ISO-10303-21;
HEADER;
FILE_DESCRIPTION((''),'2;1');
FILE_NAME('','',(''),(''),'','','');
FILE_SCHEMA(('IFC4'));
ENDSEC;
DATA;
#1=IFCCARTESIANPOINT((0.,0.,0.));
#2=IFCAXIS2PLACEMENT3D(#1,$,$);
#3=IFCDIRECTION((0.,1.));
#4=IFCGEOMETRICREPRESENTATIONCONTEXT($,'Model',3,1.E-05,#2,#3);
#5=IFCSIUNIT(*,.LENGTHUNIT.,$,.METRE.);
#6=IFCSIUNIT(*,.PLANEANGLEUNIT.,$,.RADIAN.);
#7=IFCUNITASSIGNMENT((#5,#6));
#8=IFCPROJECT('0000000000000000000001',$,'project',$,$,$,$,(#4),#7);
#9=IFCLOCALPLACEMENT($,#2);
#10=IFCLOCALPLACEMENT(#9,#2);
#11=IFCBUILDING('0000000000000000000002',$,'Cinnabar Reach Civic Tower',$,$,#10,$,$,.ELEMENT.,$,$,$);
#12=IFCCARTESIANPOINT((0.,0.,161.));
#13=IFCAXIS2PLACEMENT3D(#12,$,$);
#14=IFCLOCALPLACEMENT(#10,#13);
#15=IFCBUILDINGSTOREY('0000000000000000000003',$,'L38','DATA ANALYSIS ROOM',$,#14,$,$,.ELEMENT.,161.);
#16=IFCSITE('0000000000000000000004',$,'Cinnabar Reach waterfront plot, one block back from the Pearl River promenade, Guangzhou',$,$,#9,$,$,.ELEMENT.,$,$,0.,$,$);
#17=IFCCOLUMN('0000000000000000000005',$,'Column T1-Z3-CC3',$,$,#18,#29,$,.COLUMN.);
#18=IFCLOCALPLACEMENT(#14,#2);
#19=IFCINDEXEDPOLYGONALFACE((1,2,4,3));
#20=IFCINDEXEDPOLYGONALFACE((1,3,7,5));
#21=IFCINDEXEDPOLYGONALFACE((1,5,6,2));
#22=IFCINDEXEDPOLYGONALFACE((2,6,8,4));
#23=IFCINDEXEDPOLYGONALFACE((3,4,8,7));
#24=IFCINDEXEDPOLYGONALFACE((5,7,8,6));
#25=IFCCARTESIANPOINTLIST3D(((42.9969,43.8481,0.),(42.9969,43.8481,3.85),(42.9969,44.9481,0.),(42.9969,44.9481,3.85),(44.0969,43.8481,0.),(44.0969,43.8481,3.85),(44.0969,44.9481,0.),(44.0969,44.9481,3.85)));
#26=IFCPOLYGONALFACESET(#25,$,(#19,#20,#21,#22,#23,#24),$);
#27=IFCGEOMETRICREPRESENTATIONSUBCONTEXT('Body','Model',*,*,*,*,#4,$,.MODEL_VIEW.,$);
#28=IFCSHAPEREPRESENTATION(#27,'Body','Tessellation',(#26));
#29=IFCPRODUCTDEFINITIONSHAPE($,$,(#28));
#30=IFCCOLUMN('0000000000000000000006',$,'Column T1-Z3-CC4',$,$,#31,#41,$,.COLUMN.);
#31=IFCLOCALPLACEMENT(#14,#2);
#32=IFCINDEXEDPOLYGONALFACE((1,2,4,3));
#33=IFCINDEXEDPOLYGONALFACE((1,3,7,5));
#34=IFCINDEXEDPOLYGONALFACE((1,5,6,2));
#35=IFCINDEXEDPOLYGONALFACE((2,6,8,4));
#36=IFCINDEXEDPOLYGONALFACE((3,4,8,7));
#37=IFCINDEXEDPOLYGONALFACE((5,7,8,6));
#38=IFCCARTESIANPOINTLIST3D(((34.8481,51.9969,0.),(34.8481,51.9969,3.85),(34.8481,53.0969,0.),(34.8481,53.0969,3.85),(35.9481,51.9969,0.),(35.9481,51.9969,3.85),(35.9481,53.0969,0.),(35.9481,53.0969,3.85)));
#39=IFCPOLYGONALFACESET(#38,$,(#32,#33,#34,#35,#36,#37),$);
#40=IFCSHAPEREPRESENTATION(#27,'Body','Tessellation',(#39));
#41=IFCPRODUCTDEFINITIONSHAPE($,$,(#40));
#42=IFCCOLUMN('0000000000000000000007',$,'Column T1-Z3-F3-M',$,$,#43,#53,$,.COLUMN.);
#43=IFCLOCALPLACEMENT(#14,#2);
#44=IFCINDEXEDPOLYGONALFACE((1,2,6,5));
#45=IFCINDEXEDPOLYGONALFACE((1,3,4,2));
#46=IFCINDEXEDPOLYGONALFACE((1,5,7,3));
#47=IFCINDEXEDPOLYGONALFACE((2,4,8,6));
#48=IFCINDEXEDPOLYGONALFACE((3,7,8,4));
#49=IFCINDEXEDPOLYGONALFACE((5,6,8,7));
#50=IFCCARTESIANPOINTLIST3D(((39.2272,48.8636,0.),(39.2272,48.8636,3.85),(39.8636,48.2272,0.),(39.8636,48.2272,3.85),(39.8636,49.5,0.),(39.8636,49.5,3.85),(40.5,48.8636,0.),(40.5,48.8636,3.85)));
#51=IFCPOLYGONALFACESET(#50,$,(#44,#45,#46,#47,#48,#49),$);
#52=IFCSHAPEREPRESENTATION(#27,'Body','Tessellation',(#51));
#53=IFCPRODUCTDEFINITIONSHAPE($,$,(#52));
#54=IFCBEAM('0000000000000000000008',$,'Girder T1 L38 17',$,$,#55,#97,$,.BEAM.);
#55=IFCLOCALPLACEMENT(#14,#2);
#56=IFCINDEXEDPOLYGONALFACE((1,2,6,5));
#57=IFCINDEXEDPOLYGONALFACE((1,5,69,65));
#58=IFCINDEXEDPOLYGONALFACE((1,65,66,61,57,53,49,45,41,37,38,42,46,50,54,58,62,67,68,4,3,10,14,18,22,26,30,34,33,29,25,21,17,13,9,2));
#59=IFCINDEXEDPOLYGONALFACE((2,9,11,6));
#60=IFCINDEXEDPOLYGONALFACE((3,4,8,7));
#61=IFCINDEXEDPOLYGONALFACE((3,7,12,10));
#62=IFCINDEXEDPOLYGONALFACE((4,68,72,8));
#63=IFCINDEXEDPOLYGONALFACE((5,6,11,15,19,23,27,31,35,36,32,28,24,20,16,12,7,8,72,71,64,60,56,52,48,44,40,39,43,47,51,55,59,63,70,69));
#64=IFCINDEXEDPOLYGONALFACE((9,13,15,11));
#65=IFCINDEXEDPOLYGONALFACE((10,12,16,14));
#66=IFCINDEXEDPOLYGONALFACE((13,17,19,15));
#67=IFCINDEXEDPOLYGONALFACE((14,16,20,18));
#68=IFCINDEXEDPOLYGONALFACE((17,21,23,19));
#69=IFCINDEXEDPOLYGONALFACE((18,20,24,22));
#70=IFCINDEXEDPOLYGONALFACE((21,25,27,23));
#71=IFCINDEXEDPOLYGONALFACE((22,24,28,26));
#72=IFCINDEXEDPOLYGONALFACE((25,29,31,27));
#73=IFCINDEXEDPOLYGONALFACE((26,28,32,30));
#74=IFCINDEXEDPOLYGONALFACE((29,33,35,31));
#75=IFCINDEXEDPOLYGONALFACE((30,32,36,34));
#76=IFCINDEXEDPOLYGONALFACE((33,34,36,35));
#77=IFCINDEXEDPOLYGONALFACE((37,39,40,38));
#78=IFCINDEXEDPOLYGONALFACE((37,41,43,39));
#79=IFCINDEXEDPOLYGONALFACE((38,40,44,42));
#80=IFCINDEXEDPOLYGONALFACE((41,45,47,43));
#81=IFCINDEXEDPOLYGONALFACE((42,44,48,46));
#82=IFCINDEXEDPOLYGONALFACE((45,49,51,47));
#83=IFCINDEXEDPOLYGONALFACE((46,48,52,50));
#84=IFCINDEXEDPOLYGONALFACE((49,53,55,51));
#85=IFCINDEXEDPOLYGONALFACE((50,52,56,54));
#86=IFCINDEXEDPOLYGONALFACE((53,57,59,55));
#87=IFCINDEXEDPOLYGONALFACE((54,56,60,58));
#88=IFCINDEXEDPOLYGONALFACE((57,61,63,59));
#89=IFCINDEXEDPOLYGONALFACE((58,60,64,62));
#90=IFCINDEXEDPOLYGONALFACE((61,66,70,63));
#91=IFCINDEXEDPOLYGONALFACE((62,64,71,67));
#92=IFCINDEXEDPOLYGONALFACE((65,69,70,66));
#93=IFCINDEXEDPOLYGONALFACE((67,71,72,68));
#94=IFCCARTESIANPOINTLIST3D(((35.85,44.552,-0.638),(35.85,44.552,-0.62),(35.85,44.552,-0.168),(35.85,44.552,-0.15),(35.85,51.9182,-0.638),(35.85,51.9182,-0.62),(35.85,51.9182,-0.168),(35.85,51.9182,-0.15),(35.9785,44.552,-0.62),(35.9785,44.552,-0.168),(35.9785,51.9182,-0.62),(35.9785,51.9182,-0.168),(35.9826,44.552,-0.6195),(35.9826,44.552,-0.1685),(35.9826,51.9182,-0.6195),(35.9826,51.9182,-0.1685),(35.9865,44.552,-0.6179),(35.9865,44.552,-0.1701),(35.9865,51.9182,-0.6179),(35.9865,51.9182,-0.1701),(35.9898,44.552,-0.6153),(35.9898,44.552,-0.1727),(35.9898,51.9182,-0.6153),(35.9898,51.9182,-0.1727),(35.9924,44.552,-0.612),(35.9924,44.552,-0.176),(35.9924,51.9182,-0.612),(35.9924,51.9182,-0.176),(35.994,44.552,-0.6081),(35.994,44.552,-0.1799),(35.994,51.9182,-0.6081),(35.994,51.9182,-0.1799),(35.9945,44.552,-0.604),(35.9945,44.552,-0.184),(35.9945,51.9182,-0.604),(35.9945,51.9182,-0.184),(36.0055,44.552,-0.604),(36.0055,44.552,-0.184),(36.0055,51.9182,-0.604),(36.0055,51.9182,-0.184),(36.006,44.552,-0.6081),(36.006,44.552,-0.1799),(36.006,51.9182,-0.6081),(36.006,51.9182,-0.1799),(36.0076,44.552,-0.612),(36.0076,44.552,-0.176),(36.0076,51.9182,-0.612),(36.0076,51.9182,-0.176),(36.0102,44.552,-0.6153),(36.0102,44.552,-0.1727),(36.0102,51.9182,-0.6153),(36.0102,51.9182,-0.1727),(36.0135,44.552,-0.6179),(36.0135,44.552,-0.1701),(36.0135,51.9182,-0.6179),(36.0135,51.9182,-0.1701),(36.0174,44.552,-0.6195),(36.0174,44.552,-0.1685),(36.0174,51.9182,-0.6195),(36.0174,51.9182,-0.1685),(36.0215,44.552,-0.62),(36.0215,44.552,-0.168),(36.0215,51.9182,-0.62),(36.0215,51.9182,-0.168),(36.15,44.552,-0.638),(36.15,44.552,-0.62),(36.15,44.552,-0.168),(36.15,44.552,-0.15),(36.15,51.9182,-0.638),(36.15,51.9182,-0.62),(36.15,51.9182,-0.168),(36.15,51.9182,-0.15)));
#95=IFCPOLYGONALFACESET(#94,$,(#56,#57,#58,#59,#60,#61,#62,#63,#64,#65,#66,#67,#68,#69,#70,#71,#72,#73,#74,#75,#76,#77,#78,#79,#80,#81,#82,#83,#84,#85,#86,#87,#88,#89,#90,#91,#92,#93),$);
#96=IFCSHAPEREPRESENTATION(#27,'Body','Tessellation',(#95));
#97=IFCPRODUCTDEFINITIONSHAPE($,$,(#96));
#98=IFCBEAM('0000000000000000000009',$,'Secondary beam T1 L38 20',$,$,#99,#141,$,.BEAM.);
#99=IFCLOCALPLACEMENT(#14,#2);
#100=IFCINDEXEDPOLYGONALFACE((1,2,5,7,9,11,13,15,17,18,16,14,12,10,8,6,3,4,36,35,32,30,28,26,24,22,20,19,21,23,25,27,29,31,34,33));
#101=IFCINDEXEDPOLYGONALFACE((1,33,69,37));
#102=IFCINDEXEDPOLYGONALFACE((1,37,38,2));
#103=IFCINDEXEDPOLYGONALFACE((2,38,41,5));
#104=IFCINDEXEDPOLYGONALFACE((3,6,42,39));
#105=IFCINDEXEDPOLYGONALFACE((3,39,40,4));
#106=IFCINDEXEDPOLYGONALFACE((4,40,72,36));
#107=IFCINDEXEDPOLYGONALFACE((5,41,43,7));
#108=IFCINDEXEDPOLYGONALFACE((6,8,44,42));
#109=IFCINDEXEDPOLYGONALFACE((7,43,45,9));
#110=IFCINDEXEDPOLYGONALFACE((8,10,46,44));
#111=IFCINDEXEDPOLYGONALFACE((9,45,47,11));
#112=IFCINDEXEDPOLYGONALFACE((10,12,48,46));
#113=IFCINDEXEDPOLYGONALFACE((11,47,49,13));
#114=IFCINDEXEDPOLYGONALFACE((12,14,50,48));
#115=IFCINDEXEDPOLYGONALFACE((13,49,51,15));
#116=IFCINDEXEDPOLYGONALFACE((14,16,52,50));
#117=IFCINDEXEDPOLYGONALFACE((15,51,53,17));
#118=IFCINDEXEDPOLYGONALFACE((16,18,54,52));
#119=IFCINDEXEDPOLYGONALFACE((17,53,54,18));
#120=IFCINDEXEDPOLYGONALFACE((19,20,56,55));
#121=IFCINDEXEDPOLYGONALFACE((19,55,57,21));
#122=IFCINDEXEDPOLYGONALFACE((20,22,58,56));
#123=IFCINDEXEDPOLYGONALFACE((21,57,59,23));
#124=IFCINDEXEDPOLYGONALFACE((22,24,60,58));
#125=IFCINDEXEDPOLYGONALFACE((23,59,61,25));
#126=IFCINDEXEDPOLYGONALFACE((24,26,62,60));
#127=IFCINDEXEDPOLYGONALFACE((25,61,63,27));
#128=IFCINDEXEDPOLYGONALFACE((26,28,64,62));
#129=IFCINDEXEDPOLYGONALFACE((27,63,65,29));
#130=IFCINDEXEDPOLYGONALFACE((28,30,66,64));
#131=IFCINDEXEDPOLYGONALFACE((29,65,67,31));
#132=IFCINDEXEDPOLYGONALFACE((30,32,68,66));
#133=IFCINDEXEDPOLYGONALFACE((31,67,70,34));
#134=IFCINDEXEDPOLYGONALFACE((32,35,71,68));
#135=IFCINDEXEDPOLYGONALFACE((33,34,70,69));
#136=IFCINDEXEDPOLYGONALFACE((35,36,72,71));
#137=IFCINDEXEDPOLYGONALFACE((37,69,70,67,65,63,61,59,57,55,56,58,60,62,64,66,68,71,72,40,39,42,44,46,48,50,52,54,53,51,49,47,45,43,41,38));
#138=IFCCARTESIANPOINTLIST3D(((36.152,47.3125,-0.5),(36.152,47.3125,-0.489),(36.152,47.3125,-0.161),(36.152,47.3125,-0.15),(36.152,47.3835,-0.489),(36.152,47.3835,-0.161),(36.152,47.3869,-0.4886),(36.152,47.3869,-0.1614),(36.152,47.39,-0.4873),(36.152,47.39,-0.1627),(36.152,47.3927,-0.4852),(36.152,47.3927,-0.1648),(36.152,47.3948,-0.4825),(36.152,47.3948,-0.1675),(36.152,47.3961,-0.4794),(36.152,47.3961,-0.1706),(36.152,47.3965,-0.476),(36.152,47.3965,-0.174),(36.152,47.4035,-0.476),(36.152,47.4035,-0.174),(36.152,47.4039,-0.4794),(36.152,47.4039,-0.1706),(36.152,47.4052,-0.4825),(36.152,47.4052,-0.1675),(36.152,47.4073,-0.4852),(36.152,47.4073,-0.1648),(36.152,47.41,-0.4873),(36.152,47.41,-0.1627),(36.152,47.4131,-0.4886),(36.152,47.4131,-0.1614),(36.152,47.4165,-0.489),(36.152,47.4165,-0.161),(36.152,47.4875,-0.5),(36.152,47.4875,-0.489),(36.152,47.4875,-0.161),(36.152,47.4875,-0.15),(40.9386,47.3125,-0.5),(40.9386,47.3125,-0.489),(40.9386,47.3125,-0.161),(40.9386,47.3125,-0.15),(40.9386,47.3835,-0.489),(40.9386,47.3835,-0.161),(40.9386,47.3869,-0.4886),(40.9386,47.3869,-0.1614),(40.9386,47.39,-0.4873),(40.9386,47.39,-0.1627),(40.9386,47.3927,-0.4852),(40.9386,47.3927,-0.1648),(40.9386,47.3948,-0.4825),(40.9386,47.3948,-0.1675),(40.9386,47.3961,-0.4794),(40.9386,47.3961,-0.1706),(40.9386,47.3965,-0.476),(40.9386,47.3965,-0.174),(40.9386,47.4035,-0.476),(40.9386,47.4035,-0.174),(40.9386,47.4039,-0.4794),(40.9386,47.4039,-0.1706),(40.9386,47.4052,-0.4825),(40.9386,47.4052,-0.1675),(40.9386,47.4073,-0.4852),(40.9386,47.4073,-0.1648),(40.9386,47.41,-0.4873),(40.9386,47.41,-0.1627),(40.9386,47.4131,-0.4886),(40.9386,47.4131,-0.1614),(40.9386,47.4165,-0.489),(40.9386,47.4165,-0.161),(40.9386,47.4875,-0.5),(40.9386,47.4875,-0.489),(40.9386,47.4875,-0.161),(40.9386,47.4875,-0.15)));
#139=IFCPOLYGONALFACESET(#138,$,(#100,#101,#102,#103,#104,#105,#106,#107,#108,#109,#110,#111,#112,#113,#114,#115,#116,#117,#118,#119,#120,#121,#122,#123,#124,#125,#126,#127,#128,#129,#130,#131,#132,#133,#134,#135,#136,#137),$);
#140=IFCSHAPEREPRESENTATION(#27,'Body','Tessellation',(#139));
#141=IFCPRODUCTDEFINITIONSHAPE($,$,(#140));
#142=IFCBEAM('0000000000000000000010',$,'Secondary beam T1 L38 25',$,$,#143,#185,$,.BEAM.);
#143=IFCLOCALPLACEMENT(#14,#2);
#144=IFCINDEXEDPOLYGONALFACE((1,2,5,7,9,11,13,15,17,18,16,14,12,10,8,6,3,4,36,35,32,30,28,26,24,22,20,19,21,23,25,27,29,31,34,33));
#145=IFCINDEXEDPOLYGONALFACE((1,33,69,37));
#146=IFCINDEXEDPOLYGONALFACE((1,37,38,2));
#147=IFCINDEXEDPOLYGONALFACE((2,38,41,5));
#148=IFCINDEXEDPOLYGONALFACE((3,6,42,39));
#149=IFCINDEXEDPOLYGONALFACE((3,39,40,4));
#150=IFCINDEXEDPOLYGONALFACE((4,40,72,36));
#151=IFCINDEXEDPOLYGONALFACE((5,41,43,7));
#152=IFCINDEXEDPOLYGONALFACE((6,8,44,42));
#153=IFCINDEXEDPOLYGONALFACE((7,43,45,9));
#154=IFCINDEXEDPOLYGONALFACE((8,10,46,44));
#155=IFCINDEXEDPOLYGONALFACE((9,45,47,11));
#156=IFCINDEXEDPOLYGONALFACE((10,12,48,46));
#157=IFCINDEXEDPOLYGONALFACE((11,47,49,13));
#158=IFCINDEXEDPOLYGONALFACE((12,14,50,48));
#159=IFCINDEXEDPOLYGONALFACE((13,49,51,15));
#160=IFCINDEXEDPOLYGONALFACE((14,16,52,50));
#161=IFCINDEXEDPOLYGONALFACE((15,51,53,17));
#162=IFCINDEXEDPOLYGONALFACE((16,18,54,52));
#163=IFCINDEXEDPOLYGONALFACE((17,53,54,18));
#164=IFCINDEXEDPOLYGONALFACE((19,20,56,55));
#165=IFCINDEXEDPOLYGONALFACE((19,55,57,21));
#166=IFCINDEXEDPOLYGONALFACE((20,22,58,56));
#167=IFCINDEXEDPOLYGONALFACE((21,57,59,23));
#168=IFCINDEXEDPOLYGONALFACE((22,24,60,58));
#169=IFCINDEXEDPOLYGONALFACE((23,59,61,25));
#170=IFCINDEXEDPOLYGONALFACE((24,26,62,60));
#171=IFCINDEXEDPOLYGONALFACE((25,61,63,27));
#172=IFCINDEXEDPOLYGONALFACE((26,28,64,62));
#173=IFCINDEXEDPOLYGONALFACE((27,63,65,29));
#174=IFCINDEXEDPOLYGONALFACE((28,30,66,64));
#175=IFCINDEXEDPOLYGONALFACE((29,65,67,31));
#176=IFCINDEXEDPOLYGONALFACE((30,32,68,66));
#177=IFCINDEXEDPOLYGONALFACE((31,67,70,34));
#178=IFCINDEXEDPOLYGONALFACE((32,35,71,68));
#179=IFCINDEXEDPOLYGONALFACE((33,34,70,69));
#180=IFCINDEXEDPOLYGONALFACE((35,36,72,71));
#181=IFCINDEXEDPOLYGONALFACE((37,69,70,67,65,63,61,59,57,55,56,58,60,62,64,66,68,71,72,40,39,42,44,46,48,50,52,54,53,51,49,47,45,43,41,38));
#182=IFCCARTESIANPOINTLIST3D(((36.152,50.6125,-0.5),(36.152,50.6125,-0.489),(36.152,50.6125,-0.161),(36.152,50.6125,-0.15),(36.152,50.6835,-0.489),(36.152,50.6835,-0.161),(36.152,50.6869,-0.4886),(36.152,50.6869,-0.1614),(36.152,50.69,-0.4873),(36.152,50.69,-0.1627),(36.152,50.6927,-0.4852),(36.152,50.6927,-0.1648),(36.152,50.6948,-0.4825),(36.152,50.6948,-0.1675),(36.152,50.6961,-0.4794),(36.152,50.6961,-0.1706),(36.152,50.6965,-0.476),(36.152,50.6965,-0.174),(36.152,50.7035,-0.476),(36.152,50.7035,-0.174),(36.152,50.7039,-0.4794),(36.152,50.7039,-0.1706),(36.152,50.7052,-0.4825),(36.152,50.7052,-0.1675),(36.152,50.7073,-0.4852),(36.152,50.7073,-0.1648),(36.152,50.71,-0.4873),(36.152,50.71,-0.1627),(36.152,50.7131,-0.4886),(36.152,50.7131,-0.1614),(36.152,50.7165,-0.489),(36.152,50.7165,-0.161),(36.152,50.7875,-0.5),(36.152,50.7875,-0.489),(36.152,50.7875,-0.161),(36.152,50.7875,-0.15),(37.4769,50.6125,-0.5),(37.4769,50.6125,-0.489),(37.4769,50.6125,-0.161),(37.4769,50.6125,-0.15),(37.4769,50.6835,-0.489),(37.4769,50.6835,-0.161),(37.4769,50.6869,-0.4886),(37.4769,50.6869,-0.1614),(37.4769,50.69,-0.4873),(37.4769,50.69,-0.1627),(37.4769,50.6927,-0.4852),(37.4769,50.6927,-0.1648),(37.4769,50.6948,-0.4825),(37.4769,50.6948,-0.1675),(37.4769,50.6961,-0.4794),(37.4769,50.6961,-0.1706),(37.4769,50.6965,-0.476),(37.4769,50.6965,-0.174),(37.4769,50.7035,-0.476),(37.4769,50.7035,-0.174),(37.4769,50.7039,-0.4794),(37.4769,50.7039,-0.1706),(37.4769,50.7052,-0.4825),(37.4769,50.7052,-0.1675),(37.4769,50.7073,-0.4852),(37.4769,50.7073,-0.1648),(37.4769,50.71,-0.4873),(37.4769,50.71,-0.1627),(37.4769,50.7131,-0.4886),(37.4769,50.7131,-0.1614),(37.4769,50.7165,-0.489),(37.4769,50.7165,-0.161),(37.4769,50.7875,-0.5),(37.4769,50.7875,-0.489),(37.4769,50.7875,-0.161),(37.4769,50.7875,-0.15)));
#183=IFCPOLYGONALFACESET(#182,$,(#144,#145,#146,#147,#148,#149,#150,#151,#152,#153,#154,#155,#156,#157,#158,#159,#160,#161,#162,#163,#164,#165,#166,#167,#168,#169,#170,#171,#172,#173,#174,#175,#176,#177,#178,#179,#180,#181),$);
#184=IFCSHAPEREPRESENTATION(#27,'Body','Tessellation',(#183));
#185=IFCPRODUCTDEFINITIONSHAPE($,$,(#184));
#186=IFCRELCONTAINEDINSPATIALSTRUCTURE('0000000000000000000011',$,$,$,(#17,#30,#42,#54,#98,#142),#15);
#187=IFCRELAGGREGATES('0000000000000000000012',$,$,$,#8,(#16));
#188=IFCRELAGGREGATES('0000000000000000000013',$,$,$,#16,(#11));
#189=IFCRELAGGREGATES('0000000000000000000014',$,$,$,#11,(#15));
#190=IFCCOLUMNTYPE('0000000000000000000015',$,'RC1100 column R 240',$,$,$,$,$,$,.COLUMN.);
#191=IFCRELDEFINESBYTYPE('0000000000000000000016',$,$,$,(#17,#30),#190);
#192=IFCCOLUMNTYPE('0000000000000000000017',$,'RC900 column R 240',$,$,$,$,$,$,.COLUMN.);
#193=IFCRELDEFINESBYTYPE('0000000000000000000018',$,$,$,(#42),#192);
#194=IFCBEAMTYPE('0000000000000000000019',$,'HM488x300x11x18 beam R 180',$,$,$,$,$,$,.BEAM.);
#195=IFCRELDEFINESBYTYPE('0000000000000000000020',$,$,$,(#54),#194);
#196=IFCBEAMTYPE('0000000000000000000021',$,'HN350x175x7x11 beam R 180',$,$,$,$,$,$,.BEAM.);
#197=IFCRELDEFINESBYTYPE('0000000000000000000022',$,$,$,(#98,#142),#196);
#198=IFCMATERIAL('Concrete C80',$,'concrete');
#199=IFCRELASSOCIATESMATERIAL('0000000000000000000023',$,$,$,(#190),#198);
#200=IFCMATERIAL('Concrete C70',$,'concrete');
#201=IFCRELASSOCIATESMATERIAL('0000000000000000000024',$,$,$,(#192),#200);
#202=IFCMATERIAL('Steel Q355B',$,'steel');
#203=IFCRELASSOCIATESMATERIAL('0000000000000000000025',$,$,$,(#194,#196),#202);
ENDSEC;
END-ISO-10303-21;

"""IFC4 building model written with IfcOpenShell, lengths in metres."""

from ifc_helpers import new_model, si_unit, direction, frame, origin, origin_2d, place, context, subcontext, project, spatial, rectangle, i_section, extrude, material, material_profile, profile_set, type_object, element, save


model = new_model("IFC4")

# Units and contexts
model_context = context("Model", 3, precision=1e-05, world=origin(), true_north=direction((0.0, 1.0)))
body_context = subcontext(model_context, "Body", "Model", "MODEL_VIEW")
ifc_project = project(units=[si_unit("LENGTHUNIT", "METRE"), si_unit("PLANEANGLEUNIT", "RADIAN")], contexts=[model_context])

# Site, building, storey
site_placement = place(None, origin())
site = spatial("IfcSite", under=ifc_project, at=site_placement, Name="Cinnabar Reach waterfront plot, one block back from the Pearl River promenade, Guangzhou", CompositionType="ELEMENT", RefElevation=0.0)
building_placement = place(site_placement, origin())
building = spatial("IfcBuilding", under=site, at=building_placement, Name="Cinnabar Reach Civic Tower", CompositionType="ELEMENT")
storey_placement = place(building_placement, frame((0.0, 0.0, 161.0)))
storey = spatial("IfcBuildingStorey", under=building, at=storey_placement, Name="L38", Description="DATA ANALYSIS ROOM", CompositionType="ELEMENT", Elevation=161.0)

# Columns
ifc_material_1 = material(Name="Concrete C80", Category="concrete")
ifc_material_profile_1 = material_profile(ifc_material_1, rectangle(XDim=1.1, YDim=1.1, at=origin_2d()), Name="RC1100")
ifc_profile_set_1 = profile_set([ifc_material_profile_1], Name="Concrete C80")
column_type_1 = type_object("IfcColumnType", Name="RC1100 column R 240", PredefinedType="COLUMN", material=ifc_profile_set_1)
for number, where, z_axis, x_axis, name in (
    (1, (43.5469, 44.3981, 0.0), (0.0, 0.0, 1.0), (1.0, 0.0, 0.0), "Column T1-Z3-CC3"),
    (2, (35.3981, 52.5469, 0.0), (0.0, 0.0, 1.0), (1.0, 0.0, 0.0), "Column T1-Z3-CC4"),
):
    element("IfcColumn", number, at=place(storey_placement, frame(where, z_axis=z_axis, x_axis=x_axis)), inside=storey, type_object=column_type_1, Name=name, PredefinedType="COLUMN", context=body_context, shape_type="SweptSolid", body=[
        extrude(rectangle(XDim=1.1, YDim=1.1, at=origin_2d()), origin(), (0.0, 0.0, 1.0), 3.85),
    ])
ifc_material_2 = material(Name="Concrete C70", Category="concrete")
ifc_material_profile_2 = material_profile(ifc_material_2, rectangle(XDim=0.9, YDim=0.9, at=origin_2d()), Name="RC900")
ifc_profile_set_2 = profile_set([ifc_material_profile_2], Name="Concrete C70")
column_type_2 = type_object("IfcColumnType", Name="RC900 column R 240", PredefinedType="COLUMN", material=ifc_profile_set_2)
column_placement = place(storey_placement, frame((39.8636, 48.8636, 0.0), z_axis=(0.0, 0.0, 1.0), x_axis=(0.707107, 0.707107, 0.0)))
element("IfcColumn", 3, at=column_placement, inside=storey, type_object=column_type_2, Name="Column T1-Z3-F3-M", PredefinedType="COLUMN", context=body_context, shape_type="SweptSolid", body=[
    extrude(rectangle(XDim=0.9, YDim=0.9, at=origin_2d()), origin(), (0.0, 0.0, 1.0), 3.85),
])

# Beams
ifc_material_3 = material(Name="Steel Q355B", Category="steel")
ifc_material_profile_3 = material_profile(ifc_material_3, i_section(OverallWidth=0.3, OverallDepth=0.488, WebThickness=0.011, FlangeThickness=0.018, FilletRadius=0.016, at=origin_2d()), Name="HM488x300x11x18")
ifc_profile_set_3 = profile_set([ifc_material_profile_3], Name="Steel Q355B")
beam_type_1 = type_object("IfcBeamType", Name="HM488x300x11x18 beam R 180", PredefinedType="BEAM", material=ifc_profile_set_3)
beam_1_placement = place(storey_placement, frame((36.0, 44.552, -0.394), z_axis=(0.0, 1.0, 0.0), x_axis=(-1.0, 0.0, 0.0)))
element("IfcBeam", 4, at=beam_1_placement, inside=storey, type_object=beam_type_1, Name="Girder T1 L38 17", PredefinedType="BEAM", context=body_context, shape_type="SweptSolid", body=[
    extrude(i_section(OverallWidth=0.3, OverallDepth=0.488, WebThickness=0.011, FlangeThickness=0.018, FilletRadius=0.016, at=origin_2d()), origin(), (0.0, 0.0, 1.0), 7.3662),
])
ifc_material_profile_4 = material_profile(ifc_material_3, i_section(OverallWidth=0.175, OverallDepth=0.35, WebThickness=0.007, FlangeThickness=0.011, FilletRadius=0.013, at=origin_2d()), Name="HN350x175x7x11")
ifc_profile_set_4 = profile_set([ifc_material_profile_4], Name="Steel Q355B")
beam_type_2 = type_object("IfcBeamType", Name="HN350x175x7x11 beam R 180", PredefinedType="BEAM", material=ifc_profile_set_4)
beam_2_placement = place(storey_placement, frame((36.152, 47.4, -0.325), z_axis=(1.0, 0.0, 0.0), x_axis=(0.0, 1.0, 0.0)))
element("IfcBeam", 5, at=beam_2_placement, inside=storey, type_object=beam_type_2, Name="Secondary beam T1 L38 20", PredefinedType="BEAM", context=body_context, shape_type="SweptSolid", body=[
    extrude(i_section(OverallWidth=0.175, OverallDepth=0.35, WebThickness=0.007, FlangeThickness=0.011, FilletRadius=0.013, at=origin_2d()), origin(), (0.0, 0.0, 1.0), 4.7866),
])
beam_3_placement = place(storey_placement, frame((36.152, 50.7, -0.325), z_axis=(1.0, 0.0, 0.0), x_axis=(0.0, 1.0, 0.0)))
element("IfcBeam", 6, at=beam_3_placement, inside=storey, type_object=beam_type_2, Name="Secondary beam T1 L38 25", PredefinedType="BEAM", context=body_context, shape_type="SweptSolid", body=[
    extrude(i_section(OverallWidth=0.175, OverallDepth=0.35, WebThickness=0.007, FlangeThickness=0.011, FilletRadius=0.013, at=origin_2d()), origin(), (0.0, 0.0, 1.0), 1.3249),
])

save(model, "model.ifc")
